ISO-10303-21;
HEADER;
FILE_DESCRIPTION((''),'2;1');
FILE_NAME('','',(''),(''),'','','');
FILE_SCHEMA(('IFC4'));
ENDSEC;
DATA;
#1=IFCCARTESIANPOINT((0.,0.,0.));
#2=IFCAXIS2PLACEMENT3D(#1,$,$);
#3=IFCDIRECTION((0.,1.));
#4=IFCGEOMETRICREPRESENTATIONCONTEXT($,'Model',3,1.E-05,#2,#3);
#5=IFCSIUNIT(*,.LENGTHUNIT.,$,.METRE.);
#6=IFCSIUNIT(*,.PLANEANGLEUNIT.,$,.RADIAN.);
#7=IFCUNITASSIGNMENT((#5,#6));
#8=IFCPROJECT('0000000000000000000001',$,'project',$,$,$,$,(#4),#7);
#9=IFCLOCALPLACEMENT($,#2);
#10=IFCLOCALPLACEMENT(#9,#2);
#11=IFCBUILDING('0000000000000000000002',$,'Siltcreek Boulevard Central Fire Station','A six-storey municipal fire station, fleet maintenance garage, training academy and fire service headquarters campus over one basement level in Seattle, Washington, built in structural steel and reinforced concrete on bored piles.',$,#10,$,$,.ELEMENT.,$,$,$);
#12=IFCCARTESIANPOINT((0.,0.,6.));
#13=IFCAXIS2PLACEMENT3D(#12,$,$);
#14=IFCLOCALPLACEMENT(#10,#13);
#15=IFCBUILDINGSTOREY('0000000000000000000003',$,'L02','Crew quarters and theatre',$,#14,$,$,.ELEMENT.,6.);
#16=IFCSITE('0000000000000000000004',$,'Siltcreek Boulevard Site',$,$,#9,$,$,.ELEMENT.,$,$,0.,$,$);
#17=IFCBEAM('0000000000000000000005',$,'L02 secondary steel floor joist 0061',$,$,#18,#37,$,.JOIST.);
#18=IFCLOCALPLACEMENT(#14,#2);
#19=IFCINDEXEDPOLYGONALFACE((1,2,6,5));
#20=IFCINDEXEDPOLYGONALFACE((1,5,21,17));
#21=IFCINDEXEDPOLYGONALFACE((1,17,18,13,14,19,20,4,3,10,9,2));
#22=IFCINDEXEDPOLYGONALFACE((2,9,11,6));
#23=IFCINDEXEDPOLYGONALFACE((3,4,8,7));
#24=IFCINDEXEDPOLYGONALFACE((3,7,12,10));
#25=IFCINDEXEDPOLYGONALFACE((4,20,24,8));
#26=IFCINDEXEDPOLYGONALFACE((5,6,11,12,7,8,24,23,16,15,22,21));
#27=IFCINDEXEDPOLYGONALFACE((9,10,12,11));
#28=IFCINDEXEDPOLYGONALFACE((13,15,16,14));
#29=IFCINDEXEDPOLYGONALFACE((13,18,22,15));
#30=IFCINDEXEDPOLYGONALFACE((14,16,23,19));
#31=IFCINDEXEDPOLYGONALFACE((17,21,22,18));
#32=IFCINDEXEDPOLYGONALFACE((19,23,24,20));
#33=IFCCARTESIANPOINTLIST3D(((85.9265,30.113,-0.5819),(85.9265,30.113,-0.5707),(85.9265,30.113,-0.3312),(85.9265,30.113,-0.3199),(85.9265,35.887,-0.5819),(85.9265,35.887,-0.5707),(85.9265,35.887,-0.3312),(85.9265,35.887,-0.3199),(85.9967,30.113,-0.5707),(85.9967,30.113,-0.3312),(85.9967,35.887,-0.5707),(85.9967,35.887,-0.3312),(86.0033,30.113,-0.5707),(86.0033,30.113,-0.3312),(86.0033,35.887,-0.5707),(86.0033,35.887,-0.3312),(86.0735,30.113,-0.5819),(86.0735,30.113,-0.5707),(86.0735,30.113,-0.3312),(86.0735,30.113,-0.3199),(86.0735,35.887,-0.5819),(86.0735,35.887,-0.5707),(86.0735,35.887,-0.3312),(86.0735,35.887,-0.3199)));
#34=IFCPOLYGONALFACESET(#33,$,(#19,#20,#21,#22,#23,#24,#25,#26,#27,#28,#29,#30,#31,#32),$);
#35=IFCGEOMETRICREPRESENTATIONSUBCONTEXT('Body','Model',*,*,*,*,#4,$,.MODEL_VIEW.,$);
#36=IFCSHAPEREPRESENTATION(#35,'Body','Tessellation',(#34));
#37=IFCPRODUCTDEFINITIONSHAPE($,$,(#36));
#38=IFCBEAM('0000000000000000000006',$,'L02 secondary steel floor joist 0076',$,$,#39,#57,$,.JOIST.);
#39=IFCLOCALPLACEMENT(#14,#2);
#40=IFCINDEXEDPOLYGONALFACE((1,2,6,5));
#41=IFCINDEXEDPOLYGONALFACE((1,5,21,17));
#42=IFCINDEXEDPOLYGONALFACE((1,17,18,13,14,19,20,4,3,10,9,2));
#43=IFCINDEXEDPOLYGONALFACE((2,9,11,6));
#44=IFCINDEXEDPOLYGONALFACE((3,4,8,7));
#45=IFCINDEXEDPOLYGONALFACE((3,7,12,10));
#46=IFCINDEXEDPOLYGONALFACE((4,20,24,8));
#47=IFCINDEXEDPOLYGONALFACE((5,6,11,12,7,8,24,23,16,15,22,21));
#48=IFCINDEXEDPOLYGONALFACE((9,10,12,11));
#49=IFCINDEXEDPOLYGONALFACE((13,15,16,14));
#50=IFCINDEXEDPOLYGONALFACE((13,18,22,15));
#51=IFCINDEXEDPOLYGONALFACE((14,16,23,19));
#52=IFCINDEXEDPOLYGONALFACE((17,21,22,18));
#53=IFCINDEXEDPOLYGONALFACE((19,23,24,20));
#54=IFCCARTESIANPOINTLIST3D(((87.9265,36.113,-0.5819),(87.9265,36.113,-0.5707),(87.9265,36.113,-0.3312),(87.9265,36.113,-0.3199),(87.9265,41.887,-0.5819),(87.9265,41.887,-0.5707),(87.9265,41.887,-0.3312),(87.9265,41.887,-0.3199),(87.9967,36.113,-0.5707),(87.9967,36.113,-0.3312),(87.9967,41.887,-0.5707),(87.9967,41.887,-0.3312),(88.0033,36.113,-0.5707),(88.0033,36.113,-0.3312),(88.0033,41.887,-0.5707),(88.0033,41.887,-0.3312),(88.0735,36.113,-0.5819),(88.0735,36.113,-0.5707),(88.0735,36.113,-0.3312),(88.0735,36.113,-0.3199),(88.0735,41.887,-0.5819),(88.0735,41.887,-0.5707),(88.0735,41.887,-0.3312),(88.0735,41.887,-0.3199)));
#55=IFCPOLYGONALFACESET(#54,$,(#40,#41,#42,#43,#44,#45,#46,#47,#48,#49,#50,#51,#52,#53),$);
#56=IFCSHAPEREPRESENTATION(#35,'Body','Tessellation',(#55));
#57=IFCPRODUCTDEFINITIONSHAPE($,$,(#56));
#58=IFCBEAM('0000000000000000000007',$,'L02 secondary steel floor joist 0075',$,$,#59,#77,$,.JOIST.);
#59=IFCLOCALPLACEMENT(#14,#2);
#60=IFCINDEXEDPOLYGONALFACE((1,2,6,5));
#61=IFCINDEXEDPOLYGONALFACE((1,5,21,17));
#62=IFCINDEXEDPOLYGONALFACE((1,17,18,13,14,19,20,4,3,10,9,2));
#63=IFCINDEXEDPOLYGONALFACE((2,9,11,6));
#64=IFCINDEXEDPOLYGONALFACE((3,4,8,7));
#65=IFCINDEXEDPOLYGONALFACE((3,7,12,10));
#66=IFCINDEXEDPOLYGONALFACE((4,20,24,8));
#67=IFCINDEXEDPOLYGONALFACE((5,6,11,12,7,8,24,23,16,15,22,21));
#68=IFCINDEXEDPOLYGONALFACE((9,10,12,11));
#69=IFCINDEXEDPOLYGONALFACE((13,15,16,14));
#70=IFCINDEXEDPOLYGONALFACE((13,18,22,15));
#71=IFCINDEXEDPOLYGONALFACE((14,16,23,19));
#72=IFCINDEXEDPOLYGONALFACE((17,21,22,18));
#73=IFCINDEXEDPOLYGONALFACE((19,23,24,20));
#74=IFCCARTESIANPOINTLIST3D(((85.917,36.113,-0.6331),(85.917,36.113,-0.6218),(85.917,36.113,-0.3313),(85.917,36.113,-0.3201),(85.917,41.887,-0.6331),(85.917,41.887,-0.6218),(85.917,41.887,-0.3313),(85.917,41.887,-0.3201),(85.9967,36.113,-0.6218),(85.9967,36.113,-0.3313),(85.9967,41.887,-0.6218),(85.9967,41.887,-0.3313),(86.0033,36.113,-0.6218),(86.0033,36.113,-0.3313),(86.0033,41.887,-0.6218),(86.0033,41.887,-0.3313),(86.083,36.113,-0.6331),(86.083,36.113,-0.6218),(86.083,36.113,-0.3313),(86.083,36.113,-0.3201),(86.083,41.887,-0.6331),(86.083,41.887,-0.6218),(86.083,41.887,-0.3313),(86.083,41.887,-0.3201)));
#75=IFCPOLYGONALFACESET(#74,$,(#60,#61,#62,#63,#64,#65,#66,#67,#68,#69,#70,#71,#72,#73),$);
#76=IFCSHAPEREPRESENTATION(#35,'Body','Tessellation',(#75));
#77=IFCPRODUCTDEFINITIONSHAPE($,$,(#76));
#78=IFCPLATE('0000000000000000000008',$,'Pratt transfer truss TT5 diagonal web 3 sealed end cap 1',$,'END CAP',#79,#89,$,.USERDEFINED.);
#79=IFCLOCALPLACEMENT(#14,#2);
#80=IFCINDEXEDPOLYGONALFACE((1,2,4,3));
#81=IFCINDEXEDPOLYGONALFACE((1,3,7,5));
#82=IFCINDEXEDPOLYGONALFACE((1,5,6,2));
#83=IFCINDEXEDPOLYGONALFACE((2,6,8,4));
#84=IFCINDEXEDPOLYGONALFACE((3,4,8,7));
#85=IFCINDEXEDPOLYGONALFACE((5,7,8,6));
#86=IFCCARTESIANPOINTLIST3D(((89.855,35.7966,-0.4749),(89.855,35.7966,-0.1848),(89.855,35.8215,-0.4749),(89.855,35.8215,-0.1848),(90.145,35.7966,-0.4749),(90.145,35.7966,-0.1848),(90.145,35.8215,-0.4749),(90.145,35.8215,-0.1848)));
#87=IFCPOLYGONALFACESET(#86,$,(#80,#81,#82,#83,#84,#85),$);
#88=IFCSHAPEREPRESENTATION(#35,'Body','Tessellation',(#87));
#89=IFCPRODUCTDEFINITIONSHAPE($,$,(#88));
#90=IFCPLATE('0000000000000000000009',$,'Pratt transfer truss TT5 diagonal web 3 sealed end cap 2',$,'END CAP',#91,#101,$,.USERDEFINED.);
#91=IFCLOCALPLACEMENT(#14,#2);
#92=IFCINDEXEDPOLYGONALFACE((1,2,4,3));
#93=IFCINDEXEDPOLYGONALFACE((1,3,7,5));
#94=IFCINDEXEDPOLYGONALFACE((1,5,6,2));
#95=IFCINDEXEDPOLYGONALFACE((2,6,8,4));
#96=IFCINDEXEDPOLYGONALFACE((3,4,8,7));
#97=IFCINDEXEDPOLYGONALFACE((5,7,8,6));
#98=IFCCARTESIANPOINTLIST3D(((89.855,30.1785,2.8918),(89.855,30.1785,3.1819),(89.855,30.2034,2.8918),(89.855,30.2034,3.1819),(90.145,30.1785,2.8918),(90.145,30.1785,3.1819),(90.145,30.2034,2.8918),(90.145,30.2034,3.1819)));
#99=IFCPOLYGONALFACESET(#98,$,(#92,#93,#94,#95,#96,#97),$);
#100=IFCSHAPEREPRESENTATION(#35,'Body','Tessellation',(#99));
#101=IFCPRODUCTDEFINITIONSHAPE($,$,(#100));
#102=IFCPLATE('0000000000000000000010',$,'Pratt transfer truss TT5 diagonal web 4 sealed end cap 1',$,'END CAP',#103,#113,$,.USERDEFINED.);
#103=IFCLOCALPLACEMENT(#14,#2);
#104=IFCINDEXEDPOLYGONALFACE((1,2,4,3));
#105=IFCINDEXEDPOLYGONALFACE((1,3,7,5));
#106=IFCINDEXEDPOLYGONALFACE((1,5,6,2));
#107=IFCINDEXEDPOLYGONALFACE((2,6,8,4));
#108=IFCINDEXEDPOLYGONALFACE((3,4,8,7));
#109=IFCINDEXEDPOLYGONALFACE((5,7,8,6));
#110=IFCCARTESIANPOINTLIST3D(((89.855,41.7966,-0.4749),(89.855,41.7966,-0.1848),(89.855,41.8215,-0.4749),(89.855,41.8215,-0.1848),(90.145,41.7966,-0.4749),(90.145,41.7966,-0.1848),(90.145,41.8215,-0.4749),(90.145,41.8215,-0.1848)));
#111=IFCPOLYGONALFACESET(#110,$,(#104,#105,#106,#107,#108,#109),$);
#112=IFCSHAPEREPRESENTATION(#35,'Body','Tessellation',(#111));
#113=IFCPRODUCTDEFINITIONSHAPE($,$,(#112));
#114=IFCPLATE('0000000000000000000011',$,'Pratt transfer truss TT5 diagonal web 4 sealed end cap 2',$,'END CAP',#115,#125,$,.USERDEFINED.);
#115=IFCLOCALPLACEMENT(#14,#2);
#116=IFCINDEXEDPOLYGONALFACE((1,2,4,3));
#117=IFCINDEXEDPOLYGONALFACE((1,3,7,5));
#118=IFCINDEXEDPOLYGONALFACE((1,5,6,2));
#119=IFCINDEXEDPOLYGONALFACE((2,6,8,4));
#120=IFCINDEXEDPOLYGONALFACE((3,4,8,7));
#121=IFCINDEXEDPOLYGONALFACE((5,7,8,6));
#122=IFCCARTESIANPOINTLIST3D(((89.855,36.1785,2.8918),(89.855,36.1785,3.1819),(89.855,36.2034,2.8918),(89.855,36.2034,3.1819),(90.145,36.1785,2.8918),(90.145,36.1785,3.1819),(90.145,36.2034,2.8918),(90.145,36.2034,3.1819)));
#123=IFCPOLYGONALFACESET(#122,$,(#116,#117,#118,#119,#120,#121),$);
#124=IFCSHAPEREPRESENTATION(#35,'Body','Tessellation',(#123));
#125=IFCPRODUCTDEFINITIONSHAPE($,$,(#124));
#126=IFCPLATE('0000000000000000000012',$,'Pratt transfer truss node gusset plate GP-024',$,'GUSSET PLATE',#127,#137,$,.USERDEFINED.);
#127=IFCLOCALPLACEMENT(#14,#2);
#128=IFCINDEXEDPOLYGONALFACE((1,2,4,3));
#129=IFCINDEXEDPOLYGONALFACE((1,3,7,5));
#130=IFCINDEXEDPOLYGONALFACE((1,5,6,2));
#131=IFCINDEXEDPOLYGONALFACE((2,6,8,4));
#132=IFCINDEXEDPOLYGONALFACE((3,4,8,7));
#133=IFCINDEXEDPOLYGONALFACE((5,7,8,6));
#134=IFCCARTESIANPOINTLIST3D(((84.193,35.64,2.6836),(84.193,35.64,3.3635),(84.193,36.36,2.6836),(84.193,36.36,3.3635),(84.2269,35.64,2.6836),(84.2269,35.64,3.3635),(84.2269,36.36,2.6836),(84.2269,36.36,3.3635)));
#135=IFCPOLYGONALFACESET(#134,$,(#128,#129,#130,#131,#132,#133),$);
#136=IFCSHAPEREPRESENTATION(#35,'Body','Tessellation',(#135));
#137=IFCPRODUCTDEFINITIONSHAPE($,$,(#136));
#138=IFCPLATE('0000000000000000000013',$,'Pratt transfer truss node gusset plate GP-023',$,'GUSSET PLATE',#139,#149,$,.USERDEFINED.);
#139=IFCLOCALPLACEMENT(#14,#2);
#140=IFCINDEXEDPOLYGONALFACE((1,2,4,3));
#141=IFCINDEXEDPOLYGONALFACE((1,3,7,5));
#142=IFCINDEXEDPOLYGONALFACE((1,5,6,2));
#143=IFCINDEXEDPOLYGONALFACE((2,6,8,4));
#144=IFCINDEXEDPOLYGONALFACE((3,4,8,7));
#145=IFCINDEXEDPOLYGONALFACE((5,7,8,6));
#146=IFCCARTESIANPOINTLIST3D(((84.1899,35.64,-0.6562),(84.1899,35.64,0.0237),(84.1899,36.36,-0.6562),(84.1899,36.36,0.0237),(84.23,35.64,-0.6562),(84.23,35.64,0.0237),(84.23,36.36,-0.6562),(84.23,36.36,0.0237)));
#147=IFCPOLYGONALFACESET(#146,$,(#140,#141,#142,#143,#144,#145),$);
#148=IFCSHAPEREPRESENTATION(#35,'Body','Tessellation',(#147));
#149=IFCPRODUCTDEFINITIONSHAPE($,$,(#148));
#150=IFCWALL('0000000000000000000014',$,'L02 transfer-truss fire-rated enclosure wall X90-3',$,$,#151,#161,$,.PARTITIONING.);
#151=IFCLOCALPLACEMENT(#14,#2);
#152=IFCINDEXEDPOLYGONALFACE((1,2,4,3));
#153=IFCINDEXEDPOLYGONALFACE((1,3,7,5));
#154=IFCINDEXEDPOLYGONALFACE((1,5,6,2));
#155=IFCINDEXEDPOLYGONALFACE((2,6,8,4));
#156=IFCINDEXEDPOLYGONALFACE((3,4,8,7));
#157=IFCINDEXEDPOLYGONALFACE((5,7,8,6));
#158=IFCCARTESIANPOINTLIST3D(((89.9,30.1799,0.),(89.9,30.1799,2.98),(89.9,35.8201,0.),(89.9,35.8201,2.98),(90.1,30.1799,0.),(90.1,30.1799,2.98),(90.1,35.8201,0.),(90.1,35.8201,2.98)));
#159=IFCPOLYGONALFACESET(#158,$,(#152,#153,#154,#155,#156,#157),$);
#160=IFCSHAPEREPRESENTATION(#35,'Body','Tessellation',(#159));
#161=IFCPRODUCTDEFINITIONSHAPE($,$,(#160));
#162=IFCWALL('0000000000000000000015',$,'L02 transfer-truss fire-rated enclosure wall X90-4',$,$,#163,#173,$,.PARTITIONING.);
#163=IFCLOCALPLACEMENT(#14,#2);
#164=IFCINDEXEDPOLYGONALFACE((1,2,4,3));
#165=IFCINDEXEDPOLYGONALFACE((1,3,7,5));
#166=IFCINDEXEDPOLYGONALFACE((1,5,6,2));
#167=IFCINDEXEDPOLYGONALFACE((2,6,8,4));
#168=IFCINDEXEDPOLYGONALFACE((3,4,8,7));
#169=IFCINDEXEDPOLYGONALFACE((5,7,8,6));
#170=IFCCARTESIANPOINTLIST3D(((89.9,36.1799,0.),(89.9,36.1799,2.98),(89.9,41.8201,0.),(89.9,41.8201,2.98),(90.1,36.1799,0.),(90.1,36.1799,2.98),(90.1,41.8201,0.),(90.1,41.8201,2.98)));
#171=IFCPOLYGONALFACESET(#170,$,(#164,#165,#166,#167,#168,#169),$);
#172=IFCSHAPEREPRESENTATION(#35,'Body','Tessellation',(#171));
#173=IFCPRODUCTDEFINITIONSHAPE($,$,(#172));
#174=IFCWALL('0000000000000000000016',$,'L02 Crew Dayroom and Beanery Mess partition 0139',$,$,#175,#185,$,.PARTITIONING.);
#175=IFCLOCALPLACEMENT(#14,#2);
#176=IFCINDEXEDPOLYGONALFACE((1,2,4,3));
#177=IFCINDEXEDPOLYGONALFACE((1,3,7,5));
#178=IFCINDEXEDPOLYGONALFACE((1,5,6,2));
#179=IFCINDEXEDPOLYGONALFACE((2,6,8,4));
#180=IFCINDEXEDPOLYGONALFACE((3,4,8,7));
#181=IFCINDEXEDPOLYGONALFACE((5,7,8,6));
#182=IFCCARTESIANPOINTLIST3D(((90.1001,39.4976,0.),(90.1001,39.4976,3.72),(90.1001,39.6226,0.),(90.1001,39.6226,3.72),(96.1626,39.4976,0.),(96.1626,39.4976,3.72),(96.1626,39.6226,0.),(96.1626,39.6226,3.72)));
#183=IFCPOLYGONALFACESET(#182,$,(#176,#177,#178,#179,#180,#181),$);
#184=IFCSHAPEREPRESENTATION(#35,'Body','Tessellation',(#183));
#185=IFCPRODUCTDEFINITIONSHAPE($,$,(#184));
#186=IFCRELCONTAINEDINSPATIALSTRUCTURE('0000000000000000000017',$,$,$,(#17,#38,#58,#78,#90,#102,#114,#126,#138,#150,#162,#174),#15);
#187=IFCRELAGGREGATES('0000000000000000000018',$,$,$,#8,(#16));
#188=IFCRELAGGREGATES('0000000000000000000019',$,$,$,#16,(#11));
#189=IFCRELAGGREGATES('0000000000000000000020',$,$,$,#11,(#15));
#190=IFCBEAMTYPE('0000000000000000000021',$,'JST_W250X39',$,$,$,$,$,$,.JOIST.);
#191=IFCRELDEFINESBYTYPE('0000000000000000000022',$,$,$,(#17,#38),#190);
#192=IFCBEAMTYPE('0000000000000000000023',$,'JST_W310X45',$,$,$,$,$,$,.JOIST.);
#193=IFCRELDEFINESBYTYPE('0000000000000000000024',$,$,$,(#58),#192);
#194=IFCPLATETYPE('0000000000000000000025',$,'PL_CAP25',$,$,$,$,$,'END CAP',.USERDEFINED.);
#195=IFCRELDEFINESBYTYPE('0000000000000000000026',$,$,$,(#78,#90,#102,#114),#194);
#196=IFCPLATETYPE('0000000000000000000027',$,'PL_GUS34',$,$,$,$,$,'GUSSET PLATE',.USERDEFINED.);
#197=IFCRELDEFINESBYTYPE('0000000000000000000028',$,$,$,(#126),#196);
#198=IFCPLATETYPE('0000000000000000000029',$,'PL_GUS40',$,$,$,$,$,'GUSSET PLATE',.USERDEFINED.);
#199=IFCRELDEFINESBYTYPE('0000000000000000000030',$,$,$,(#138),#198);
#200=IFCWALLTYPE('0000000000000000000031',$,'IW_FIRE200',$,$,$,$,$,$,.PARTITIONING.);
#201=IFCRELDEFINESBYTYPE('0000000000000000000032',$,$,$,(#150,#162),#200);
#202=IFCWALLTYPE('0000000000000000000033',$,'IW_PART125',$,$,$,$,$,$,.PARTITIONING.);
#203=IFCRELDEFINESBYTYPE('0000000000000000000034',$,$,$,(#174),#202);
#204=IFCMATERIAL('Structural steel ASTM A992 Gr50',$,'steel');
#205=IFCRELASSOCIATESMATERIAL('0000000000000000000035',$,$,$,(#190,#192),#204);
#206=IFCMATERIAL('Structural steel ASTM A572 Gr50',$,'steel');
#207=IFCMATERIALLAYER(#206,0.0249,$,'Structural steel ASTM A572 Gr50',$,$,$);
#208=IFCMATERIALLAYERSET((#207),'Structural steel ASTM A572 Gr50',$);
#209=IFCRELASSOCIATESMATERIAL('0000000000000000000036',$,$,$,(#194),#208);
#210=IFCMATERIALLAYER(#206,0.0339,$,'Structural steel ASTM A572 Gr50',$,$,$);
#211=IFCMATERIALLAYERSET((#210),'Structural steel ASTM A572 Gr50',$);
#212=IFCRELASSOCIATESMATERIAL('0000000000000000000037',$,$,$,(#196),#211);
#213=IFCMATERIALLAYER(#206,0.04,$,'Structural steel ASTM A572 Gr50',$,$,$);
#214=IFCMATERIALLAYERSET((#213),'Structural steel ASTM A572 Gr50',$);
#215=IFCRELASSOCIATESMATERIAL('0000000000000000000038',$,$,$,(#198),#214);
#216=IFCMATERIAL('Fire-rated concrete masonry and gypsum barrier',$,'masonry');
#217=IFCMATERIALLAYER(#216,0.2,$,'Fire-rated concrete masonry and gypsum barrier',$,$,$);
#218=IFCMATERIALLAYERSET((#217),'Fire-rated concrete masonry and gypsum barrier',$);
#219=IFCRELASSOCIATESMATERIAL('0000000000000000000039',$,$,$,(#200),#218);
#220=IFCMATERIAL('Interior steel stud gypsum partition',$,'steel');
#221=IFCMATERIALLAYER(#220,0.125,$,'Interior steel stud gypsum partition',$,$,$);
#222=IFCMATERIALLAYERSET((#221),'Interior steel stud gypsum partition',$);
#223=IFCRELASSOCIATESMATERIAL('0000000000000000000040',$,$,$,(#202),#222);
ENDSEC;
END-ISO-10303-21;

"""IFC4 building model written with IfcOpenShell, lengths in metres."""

from ifc_helpers import new_model, si_unit, direction, frame, frame_2d, origin, origin_2d, place, context, subcontext, project, spatial, rectangle, i_section, extrude, material, layer, layer_set, material_profile, profile_set, type_object, element, save


model = new_model("IFC4")

# Units and contexts
model_context = context("Model", 3, precision=1e-05, world=origin(), true_north=direction((0.0, 1.0)))
body_context = subcontext(model_context, "Body", "Model", "MODEL_VIEW")
ifc_project = project(units=[si_unit("LENGTHUNIT", "METRE"), si_unit("PLANEANGLEUNIT", "RADIAN")], contexts=[model_context])

# Site, building, storey
site_placement = place(None, origin())
site = spatial("IfcSite", under=ifc_project, at=site_placement, Name="Siltcreek Boulevard Site", CompositionType="ELEMENT", RefElevation=0.0)
building_placement = place(site_placement, origin())
building = spatial("IfcBuilding", under=site, at=building_placement, Name="Siltcreek Boulevard Central Fire Station", Description="A six-storey municipal fire station, fleet maintenance garage, training academy and fire service headquarters campus over one basement level in Seattle, Washington, built in structural steel and reinforced concrete on bored piles.", CompositionType="ELEMENT")
storey_placement = place(building_placement, frame((0.0, 0.0, 6.0)))
storey = spatial("IfcBuildingStorey", under=building, at=storey_placement, Name="L02", Description="Crew quarters and theatre", CompositionType="ELEMENT", Elevation=6.0)

# Shared definitions
ifc_material_1 = material(Name="Structural steel ASTM A992 Gr50", Category="steel")

# Beams
ifc_material_profile_1 = material_profile(ifc_material_1, i_section(OverallWidth=0.147, OverallDepth=0.262, WebThickness=0.0066, FlangeThickness=0.0112, at=origin_2d()), Name="W250X39")
ifc_profile_set_1 = profile_set([ifc_material_profile_1], Name="Structural steel ASTM A992 Gr50")
beam_type_1 = type_object("IfcBeamType", Name="JST_W250X39", PredefinedType="JOIST", material=ifc_profile_set_1)
for number, where, z_axis, x_axis, name in (
    (1, (86.0, 30.113, -0.4509), (0.0, 1.0, 0.0), (-1.0, 0.0, 0.0), "L02 secondary steel floor joist 0061"),
    (2, (88.0, 36.113, -0.4509), (0.0, 1.0, 0.0), (-1.0, 0.0, 0.0), "L02 secondary steel floor joist 0076"),
):
    element("IfcBeam", number, at=place(storey_placement, frame(where, z_axis=z_axis, x_axis=x_axis)), inside=storey, type_object=beam_type_1, Name=name, PredefinedType="JOIST", context=body_context, shape_type="SweptSolid", body=[
        extrude(i_section(OverallWidth=0.147, OverallDepth=0.262, WebThickness=0.0066, FlangeThickness=0.0112, at=origin_2d()), origin(), (0.0, 0.0, 1.0), 5.7739),
    ])
ifc_material_profile_2 = material_profile(ifc_material_1, i_section(OverallWidth=0.166, OverallDepth=0.313, WebThickness=0.0066, FlangeThickness=0.0112, at=origin_2d()), Name="W310X45")
ifc_profile_set_2 = profile_set([ifc_material_profile_2], Name="Structural steel ASTM A992 Gr50")
beam_type_2 = type_object("IfcBeamType", Name="JST_W310X45", PredefinedType="JOIST", material=ifc_profile_set_2)
beam_1_placement = place(storey_placement, frame((86.0, 36.113, -0.4766), z_axis=(0.0, 1.0, 0.0), x_axis=(-1.0, 0.0, 0.0)))
element("IfcBeam", 3, at=beam_1_placement, inside=storey, type_object=beam_type_2, Name="L02 secondary steel floor joist 0075", PredefinedType="JOIST", context=body_context, shape_type="SweptSolid", body=[
    extrude(i_section(OverallWidth=0.166, OverallDepth=0.313, WebThickness=0.0066, FlangeThickness=0.0112, at=origin_2d()), origin(), (0.0, 0.0, 1.0), 5.7739),
])

# Plates
ifc_material_2 = material(Name="Structural steel ASTM A572 Gr50", Category="steel")
ifc_layer_1 = layer(ifc_material_2, 0.0249, Name="Structural steel ASTM A572 Gr50")
ifc_layer_set_1 = layer_set([ifc_layer_1], Name="Structural steel ASTM A572 Gr50")
plate_type_1 = type_object("IfcPlateType", Name="PL_CAP25", ElementType="END CAP", PredefinedType="USERDEFINED", material=ifc_layer_set_1)
for number, where, z_axis, x_axis, name in (
    (4, (90.0, 35.8091, -0.4749), (0.0, 0.0, 1.0), (0.0, -1.0, 0.0), "Pratt transfer truss TT5 diagonal web 3 sealed end cap 1"),
    (5, (90.0, 30.1909, 2.8918), (0.0, 0.0, 1.0), (0.0, -1.0, 0.0), "Pratt transfer truss TT5 diagonal web 3 sealed end cap 2"),
    (6, (90.0, 41.8091, -0.4749), (0.0, 0.0, 1.0), (0.0, -1.0, 0.0), "Pratt transfer truss TT5 diagonal web 4 sealed end cap 1"),
    (7, (90.0, 36.1909, 2.8918), (0.0, 0.0, 1.0), (0.0, -1.0, 0.0), "Pratt transfer truss TT5 diagonal web 4 sealed end cap 2"),
):
    element("IfcPlate", number, at=place(storey_placement, frame(where, z_axis=z_axis, x_axis=x_axis)), inside=storey, type_object=plate_type_1, Name=name, ObjectType="END CAP", PredefinedType="USERDEFINED", context=body_context, shape_type="SweptSolid", body=[
        extrude(rectangle(XDim=0.0249, YDim=0.29, at=origin_2d()), origin(), (0.0, 0.0, 1.0), 0.29),
    ])
ifc_layer_2 = layer(ifc_material_2, 0.0339, Name="Structural steel ASTM A572 Gr50")
ifc_layer_set_2 = layer_set([ifc_layer_2], Name="Structural steel ASTM A572 Gr50")
plate_type_2 = type_object("IfcPlateType", Name="PL_GUS34", ElementType="GUSSET PLATE", PredefinedType="USERDEFINED", material=ifc_layer_set_2)
plate_1_placement = place(storey_placement, frame((84.21, 36.0, 2.6836), z_axis=(0.0, 0.0, 1.0), x_axis=(1.0, 0.0, 0.0)))
element("IfcPlate", 8, at=plate_1_placement, inside=storey, type_object=plate_type_2, Name="Pratt transfer truss node gusset plate GP-024", ObjectType="GUSSET PLATE", PredefinedType="USERDEFINED", context=body_context, shape_type="SweptSolid", body=[
    extrude(rectangle(XDim=0.0339, YDim=0.72, at=origin_2d()), origin(), (0.0, 0.0, 1.0), 0.6799),
])
ifc_layer_3 = layer(ifc_material_2, 0.04, Name="Structural steel ASTM A572 Gr50")
ifc_layer_set_3 = layer_set([ifc_layer_3], Name="Structural steel ASTM A572 Gr50")
plate_type_3 = type_object("IfcPlateType", Name="PL_GUS40", ElementType="GUSSET PLATE", PredefinedType="USERDEFINED", material=ifc_layer_set_3)
plate_2_placement = place(storey_placement, frame((84.21, 36.0, -0.6562), z_axis=(0.0, 0.0, 1.0), x_axis=(1.0, 0.0, 0.0)))
element("IfcPlate", 9, at=plate_2_placement, inside=storey, type_object=plate_type_3, Name="Pratt transfer truss node gusset plate GP-023", ObjectType="GUSSET PLATE", PredefinedType="USERDEFINED", context=body_context, shape_type="SweptSolid", body=[
    extrude(rectangle(XDim=0.04, YDim=0.72, at=origin_2d()), origin(), (0.0, 0.0, 1.0), 0.6799),
])

# Walls
ifc_material_3 = material(Name="Fire-rated concrete masonry and gypsum barrier", Category="masonry")
ifc_layer_4 = layer(ifc_material_3, 0.2, Name="Fire-rated concrete masonry and gypsum barrier")
ifc_layer_set_4 = layer_set([ifc_layer_4], Name="Fire-rated concrete masonry and gypsum barrier")
wall_type_1 = type_object("IfcWallType", Name="IW_FIRE200", PredefinedType="PARTITIONING", material=ifc_layer_set_4)
for number, where, z_axis, x_axis, name in (
    (10, (90.0, 30.1799, 0.0), (0.0, 0.0, 1.0), (0.0, 1.0, 0.0), "L02 transfer-truss fire-rated enclosure wall X90-3"),
    (11, (90.0, 36.1799, 0.0), (0.0, 0.0, 1.0), (0.0, 1.0, 0.0), "L02 transfer-truss fire-rated enclosure wall X90-4"),
):
    element("IfcWall", number, at=place(storey_placement, frame(where, z_axis=z_axis, x_axis=x_axis)), inside=storey, type_object=wall_type_1, Name=name, PredefinedType="PARTITIONING", context=body_context, shape_type="SweptSolid", body=[
        extrude(rectangle(XDim=5.6401, YDim=0.2, at=frame_2d((2.8201, 0.0))), origin(), (0.0, 0.0, 1.0), 2.98),
    ])
ifc_material_4 = material(Name="Interior steel stud gypsum partition", Category="steel")
ifc_layer_5 = layer(ifc_material_4, 0.125, Name="Interior steel stud gypsum partition")
ifc_layer_set_5 = layer_set([ifc_layer_5], Name="Interior steel stud gypsum partition")
wall_type_2 = type_object("IfcWallType", Name="IW_PART125", PredefinedType="PARTITIONING", material=ifc_layer_set_5)
wall_placement = place(storey_placement, frame((90.1001, 39.5601, 0.0), z_axis=(0.0, 0.0, 1.0), x_axis=(1.0, 0.0, 0.0)))
element("IfcWall", 12, at=wall_placement, inside=storey, type_object=wall_type_2, Name="L02 Crew Dayroom and Beanery Mess partition 0139", PredefinedType="PARTITIONING", context=body_context, shape_type="SweptSolid", body=[
    extrude(rectangle(XDim=6.0625, YDim=0.125, at=frame_2d((3.0312, 0.0))), origin(), (0.0, 0.0, 1.0), 3.72),
])

save(model, "model.ifc")
